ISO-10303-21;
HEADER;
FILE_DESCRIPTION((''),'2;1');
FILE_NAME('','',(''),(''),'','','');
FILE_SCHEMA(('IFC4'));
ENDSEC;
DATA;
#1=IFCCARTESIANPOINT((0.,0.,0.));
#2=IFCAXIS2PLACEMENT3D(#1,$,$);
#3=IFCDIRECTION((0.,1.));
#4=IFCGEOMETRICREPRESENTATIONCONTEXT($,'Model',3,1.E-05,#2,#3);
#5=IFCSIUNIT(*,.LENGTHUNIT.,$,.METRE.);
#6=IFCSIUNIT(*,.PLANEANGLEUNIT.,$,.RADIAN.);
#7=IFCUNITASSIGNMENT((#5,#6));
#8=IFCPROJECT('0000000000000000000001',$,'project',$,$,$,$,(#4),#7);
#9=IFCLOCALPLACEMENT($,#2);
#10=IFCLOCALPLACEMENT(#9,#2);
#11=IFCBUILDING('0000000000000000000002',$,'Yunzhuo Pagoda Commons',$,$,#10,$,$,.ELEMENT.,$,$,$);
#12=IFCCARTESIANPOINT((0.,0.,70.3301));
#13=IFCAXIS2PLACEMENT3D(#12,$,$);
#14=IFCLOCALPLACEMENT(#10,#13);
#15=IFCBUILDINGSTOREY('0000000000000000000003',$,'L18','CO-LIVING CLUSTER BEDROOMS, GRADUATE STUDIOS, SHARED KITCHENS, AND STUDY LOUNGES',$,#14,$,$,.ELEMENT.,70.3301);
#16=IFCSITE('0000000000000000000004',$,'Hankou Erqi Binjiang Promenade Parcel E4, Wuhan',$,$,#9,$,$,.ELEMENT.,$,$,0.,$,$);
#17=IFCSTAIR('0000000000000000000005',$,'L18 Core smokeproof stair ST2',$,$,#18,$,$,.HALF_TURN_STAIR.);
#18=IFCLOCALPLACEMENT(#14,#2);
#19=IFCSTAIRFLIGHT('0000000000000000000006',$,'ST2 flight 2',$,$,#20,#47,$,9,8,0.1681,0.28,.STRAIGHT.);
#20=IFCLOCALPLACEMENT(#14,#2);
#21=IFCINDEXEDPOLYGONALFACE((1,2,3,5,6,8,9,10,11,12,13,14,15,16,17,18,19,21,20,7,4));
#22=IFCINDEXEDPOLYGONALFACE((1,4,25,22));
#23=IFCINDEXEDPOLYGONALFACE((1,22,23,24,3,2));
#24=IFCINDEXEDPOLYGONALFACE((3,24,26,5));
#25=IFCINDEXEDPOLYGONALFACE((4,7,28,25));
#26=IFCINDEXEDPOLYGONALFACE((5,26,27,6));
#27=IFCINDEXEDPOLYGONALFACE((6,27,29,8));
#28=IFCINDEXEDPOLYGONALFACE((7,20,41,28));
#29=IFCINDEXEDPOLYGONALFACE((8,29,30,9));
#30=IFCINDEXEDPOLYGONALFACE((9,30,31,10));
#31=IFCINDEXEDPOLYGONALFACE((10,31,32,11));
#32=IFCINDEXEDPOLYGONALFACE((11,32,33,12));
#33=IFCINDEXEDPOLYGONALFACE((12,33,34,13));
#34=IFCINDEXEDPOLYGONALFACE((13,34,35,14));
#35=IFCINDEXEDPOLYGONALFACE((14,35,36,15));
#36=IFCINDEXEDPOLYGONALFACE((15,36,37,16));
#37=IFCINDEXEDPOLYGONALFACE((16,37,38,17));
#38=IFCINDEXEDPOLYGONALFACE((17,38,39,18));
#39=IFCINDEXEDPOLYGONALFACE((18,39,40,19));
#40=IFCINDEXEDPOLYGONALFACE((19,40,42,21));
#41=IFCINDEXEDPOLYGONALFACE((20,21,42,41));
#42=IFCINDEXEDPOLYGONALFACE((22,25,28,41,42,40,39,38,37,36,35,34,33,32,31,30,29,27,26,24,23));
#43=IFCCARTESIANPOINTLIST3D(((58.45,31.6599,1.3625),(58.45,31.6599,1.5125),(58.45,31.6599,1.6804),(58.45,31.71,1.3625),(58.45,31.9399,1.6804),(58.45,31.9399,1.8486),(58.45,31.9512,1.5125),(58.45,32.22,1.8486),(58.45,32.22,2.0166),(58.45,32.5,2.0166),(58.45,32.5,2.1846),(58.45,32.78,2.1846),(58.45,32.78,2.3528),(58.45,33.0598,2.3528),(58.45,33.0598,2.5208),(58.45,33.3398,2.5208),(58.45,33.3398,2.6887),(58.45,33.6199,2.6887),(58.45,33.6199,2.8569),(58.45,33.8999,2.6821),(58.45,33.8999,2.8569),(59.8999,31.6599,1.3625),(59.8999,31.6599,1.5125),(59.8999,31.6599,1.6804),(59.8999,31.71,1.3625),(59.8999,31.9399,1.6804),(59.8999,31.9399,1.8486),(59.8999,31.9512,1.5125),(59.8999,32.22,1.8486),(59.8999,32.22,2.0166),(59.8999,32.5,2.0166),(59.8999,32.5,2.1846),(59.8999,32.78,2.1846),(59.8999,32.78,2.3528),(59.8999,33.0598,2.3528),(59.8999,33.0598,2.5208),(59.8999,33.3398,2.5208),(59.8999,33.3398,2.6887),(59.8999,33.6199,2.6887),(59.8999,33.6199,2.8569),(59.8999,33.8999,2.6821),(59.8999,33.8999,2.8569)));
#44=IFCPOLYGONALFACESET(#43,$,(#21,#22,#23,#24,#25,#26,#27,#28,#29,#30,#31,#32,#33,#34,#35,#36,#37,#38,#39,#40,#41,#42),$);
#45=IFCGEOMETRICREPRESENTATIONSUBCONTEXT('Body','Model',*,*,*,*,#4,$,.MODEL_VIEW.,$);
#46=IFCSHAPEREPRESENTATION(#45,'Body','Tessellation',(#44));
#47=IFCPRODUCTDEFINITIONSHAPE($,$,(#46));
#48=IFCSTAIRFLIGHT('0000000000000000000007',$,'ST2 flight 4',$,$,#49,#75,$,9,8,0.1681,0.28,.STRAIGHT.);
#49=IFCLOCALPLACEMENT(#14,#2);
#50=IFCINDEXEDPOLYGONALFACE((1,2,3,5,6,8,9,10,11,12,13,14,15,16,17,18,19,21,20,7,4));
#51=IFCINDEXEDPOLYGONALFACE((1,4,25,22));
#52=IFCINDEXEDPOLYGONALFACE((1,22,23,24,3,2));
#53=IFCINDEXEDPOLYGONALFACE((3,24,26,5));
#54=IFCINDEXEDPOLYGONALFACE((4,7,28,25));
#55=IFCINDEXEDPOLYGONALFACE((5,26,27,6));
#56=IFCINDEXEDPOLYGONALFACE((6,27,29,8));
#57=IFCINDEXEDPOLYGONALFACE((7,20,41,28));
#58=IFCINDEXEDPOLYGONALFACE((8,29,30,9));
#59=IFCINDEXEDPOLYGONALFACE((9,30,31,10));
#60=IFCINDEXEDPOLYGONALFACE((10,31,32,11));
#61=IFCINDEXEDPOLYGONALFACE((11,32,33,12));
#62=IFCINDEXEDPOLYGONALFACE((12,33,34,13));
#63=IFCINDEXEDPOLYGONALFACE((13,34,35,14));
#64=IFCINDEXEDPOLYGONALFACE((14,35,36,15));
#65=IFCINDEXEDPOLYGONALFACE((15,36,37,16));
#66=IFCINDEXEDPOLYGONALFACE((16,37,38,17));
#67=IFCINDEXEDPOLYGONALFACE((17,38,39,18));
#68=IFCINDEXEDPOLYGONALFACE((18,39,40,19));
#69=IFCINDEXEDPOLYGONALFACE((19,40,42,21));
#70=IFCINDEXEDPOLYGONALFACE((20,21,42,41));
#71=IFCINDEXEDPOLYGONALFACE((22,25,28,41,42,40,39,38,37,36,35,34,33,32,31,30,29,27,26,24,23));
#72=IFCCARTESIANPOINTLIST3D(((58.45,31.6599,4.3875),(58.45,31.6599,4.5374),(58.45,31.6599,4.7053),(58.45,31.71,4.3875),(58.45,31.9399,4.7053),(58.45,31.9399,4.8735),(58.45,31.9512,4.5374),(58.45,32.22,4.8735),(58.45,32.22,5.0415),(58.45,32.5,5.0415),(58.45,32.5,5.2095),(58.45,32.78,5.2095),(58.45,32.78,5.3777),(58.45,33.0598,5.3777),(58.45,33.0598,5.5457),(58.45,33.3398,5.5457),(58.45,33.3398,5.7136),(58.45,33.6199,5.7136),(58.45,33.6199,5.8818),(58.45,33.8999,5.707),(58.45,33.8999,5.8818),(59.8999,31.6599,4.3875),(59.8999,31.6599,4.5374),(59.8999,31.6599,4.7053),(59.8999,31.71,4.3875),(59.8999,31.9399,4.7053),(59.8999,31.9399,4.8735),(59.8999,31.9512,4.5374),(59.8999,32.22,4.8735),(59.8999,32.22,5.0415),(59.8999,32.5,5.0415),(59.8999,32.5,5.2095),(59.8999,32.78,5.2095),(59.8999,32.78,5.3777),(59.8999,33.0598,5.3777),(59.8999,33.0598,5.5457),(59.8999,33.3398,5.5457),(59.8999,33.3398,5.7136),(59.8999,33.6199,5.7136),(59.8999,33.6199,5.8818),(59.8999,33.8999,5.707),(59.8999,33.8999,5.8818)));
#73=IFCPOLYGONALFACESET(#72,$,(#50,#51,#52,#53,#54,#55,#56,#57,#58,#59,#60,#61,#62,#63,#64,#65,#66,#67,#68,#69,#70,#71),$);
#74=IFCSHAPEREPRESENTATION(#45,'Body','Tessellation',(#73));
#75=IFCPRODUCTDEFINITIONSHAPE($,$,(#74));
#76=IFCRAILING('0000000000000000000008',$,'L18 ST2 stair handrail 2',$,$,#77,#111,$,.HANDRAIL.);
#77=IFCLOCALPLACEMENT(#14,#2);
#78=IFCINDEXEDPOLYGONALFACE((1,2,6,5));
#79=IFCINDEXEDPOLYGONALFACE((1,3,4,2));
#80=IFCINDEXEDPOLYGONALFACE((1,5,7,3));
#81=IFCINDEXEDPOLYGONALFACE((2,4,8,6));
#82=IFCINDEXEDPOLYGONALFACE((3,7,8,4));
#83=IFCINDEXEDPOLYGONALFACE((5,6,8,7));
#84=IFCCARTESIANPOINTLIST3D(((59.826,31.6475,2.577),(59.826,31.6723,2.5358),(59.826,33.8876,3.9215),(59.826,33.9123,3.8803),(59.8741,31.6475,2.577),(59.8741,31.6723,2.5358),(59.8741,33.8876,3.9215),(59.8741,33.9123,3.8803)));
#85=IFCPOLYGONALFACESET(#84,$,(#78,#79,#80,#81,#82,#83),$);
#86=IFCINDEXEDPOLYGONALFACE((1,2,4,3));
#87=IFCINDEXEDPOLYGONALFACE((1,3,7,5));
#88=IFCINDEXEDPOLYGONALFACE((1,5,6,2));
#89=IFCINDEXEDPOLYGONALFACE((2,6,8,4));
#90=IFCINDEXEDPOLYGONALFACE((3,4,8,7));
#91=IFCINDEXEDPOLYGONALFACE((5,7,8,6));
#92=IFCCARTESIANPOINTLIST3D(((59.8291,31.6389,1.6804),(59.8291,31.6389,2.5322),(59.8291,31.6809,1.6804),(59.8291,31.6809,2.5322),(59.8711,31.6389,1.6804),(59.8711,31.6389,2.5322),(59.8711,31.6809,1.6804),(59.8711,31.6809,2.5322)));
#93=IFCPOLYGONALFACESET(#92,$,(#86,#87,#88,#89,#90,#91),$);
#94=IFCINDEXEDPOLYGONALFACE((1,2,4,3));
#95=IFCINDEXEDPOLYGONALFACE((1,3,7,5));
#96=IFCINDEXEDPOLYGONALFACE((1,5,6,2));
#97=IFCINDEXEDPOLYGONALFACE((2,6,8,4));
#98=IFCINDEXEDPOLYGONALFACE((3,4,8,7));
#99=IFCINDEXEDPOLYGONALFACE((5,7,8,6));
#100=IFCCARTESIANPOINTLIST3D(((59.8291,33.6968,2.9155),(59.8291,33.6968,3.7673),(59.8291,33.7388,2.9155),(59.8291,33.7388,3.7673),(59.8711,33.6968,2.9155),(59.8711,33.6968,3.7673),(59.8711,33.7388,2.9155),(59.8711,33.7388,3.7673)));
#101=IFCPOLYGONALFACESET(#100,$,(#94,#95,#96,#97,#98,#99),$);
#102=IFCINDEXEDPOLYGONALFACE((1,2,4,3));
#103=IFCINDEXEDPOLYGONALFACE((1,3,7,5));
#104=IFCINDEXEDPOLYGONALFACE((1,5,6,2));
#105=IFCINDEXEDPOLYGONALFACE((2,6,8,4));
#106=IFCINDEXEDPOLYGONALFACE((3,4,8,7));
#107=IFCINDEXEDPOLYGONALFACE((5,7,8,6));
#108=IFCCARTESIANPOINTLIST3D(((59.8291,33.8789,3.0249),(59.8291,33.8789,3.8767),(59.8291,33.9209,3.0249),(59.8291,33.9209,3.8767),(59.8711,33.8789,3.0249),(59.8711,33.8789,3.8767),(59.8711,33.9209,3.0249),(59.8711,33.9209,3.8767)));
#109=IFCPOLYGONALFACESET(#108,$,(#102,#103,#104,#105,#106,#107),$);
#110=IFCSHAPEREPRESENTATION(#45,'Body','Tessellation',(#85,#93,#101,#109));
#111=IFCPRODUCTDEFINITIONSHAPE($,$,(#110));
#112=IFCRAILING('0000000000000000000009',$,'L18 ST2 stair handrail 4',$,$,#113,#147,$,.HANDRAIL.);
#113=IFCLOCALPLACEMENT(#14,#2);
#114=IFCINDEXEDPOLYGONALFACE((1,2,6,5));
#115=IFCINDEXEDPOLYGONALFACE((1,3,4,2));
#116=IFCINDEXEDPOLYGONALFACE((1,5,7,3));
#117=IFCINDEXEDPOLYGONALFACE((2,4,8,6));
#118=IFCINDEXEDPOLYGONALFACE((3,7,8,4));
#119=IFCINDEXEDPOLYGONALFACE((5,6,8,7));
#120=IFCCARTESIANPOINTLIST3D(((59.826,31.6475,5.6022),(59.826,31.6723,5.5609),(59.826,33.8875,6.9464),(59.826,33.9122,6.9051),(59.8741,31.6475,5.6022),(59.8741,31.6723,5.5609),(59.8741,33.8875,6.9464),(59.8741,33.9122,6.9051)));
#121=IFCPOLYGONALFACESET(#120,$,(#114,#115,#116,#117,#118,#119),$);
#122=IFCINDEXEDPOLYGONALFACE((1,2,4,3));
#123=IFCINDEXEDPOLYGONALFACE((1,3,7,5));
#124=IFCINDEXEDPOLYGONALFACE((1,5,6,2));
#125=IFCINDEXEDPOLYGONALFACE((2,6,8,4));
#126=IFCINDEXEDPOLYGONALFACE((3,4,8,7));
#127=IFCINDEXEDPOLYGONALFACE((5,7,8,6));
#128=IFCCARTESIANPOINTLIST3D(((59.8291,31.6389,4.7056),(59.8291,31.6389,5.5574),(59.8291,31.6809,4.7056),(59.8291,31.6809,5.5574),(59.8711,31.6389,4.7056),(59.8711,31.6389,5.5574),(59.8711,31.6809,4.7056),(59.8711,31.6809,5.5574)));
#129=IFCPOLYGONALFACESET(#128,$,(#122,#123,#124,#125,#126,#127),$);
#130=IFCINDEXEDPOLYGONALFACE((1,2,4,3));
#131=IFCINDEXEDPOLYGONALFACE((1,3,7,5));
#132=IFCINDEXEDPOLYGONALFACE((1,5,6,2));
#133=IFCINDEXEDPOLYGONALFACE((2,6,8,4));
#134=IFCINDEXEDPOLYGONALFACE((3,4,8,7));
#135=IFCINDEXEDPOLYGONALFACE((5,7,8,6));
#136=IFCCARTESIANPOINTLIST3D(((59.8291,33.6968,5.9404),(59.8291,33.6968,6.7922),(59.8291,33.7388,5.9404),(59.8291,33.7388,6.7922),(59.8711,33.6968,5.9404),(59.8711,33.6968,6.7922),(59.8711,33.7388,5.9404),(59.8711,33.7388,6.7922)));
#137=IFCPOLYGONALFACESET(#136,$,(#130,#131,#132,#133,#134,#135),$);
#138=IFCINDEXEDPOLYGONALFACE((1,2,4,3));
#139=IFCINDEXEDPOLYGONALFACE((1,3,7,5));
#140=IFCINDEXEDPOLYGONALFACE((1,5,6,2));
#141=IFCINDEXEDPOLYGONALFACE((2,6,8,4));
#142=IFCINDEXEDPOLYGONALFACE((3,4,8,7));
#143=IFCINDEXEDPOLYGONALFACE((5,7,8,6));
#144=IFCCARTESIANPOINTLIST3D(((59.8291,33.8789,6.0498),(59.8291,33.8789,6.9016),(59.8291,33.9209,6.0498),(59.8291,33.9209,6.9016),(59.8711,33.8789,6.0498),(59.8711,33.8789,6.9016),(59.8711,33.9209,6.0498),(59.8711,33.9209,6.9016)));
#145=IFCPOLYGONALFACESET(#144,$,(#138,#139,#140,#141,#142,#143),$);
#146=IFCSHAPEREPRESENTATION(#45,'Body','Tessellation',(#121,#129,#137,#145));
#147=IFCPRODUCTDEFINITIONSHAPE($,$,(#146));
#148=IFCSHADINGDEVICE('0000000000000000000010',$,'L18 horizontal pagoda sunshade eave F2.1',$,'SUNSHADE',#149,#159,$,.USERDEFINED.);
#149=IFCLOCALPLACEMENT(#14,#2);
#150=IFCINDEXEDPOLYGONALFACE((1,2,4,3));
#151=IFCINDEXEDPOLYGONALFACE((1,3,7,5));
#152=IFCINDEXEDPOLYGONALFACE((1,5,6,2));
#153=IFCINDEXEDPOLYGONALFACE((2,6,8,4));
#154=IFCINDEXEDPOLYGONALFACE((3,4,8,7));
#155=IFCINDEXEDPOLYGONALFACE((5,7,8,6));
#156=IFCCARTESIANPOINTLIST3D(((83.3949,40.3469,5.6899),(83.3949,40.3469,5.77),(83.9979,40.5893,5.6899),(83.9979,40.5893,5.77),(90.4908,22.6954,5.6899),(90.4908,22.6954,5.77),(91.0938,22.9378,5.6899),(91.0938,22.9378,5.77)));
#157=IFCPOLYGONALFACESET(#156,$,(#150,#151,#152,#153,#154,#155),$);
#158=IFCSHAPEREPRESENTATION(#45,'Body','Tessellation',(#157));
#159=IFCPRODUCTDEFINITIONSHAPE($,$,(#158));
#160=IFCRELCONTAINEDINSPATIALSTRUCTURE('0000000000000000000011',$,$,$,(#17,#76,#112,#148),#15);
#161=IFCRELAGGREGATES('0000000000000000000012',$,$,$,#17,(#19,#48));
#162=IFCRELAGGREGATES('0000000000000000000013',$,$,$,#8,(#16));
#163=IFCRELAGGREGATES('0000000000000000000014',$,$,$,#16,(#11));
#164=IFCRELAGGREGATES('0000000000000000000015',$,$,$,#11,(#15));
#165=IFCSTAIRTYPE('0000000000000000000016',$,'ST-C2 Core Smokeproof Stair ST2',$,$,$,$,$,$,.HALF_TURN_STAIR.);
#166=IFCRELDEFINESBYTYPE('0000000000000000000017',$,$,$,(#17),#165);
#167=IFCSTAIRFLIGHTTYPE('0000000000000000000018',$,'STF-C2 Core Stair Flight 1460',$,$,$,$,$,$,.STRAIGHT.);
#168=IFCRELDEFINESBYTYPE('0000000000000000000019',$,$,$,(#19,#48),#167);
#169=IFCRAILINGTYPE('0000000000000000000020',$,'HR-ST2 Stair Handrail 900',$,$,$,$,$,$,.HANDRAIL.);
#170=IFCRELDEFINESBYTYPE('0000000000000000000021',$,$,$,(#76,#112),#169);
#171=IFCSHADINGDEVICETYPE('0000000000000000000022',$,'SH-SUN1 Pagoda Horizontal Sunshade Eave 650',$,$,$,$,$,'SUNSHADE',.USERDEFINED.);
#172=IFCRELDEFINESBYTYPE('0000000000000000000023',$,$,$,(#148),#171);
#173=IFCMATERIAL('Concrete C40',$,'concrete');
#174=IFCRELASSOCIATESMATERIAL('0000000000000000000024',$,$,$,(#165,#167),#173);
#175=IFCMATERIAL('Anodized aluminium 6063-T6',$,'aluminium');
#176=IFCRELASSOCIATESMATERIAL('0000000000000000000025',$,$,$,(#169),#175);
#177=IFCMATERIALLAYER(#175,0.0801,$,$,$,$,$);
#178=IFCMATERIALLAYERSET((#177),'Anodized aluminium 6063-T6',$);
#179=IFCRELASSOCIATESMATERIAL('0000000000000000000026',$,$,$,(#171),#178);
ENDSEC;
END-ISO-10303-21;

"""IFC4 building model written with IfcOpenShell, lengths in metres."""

from ifc_helpers import new_model, si_unit, direction, frame, origin, origin_2d, place, context, subcontext, project, spatial, polyline, rectangle, outline, extrude, source, transform, mapped, material, layer, layer_set, type_object, element, aggregate, save


model = new_model("IFC4")

# Units and contexts
model_context = context("Model", 3, precision=1e-05, world=origin(), true_north=direction((0.0, 1.0)))
body_context = subcontext(model_context, "Body", "Model", "MODEL_VIEW")
ifc_project = project(units=[si_unit("LENGTHUNIT", "METRE"), si_unit("PLANEANGLEUNIT", "RADIAN")], contexts=[model_context])

# Site, building, storey
site_placement = place(None, origin())
site = spatial("IfcSite", under=ifc_project, at=site_placement, Name="Hankou Erqi Binjiang Promenade Parcel E4, Wuhan", CompositionType="ELEMENT", RefElevation=0.0)
building_placement = place(site_placement, origin())
building = spatial("IfcBuilding", under=site, at=building_placement, Name="Yunzhuo Pagoda Commons", CompositionType="ELEMENT")
storey_placement = place(building_placement, frame((0.0, 0.0, 70.3301)))
storey = spatial("IfcBuildingStorey", under=building, at=storey_placement, Name="L18", Description="CO-LIVING CLUSTER BEDROOMS, GRADUATE STUDIOS, SHARED KITCHENS, AND STUDY LOUNGES", CompositionType="ELEMENT", Elevation=70.3301)

# Shared definitions
ifc_material_1 = material(Name="Anodized aluminium 6063-T6", Category="aluminium")

# Stair, stair flights
ifc_material_2 = material(Name="Concrete C40", Category="concrete")
stair_type = type_object("IfcStairType", Name="ST-C2 Core Smokeproof Stair ST2", PredefinedType="HALF_TURN_STAIR", material=ifc_material_2)
stair_placement = place(storey_placement, origin())
stair = element("IfcStair", 1, at=stair_placement, inside=storey, type_object=stair_type, Name="L18 Core smokeproof stair ST2", PredefinedType="HALF_TURN_STAIR")
stair_flight_type = type_object("IfcStairFlightType", Name="STF-C2 Core Stair Flight 1460", PredefinedType="STRAIGHT", material=ifc_material_2)
shared_shape_1 = source(origin(), body_context, "Body", "SweptSolid", [
    extrude(outline(polyline([(0.0, -0.1499), (0.0, 0.0), (0.0, 0.168), (0.28, 0.168), (0.28, 0.3362), (0.5601, 0.3362), (0.5601, 0.5042), (0.8401, 0.5042), (0.8401, 0.6721), (1.1201, 0.6721), (1.1201, 0.8403), (1.3999, 0.8403), (1.3999, 1.0083), (1.6799, 1.0083), (1.6799, 1.1763), (1.96, 1.1763), (1.96, 1.3445), (2.24, 1.3445), (2.24, 1.5125), (2.24, 1.1697), (0.2913, 0.0), (0.05, -0.1499), (0.0, -0.1499)])), frame((0.0, 0.7251, 0.0), z_axis=(0.0, -1.0, 0.0), x_axis=(1.0, 0.0, 0.0)), (0.0, 0.0, 1.0), 1.45),
])
stair_flight_1_placement = place(storey_placement, frame((59.175, 31.6599, 1.5125), z_axis=(0.0, 0.0, 1.0), x_axis=(0.0, 1.0, 0.0)))
stair_flight_1 = element("IfcStairFlight", 2, at=stair_flight_1_placement, type_object=stair_flight_type, Name="ST2 flight 2", NumberOfRisers=9, NumberOfTreads=8, PredefinedType="STRAIGHT", RiserHeight=0.1681, TreadLength=0.28, context=body_context, shape_type="MappedRepresentation", body=[
    mapped(shared_shape_1, transform((0.0, 0.0, 0.0), scale=1.0)),
])
stair_flight_2_placement = place(storey_placement, frame((59.175, 31.6599, 4.5374), z_axis=(0.0, 0.0, 1.0), x_axis=(0.0, 1.0, 0.0)))
stair_flight_2 = element("IfcStairFlight", 3, at=stair_flight_2_placement, type_object=stair_flight_type, Name="ST2 flight 4", NumberOfRisers=9, NumberOfTreads=8, PredefinedType="STRAIGHT", RiserHeight=0.1681, TreadLength=0.28, context=body_context, shape_type="MappedRepresentation", body=[
    mapped(shared_shape_1, transform((0.0, 0.0, 0.0), scale=1.0)),
])
aggregate(stair, [stair_flight_1, stair_flight_2])

# Railings
railing_type = type_object("IfcRailingType", Name="HR-ST2 Stair Handrail 900", PredefinedType="HANDRAIL", material=ifc_material_1)
railing_1_placement = place(storey_placement, frame((59.8501, 31.6599, 1.6804)))
element("IfcRailing", 4, at=railing_1_placement, inside=storey, type_object=railing_type, Name="L18 ST2 stair handrail 2", PredefinedType="HANDRAIL", context=body_context, shape_type="SweptSolid", body=[
    extrude(rectangle(XDim=0.0481, YDim=0.0481, at=origin_2d()), frame((0.0, 0.0, 0.876), z_axis=(0.0, 0.85741, 0.514633), x_axis=(-1.0, 0.0, 0.0)), (0.0, 0.0, 1.0), 2.6125),
    extrude(rectangle(XDim=0.042, YDim=0.042, at=origin_2d()), origin(), (0.0, 0.0, 1.0), 0.8518),
    extrude(rectangle(XDim=0.042, YDim=0.042, at=origin_2d()), frame((0.0, 2.0579, 1.2351)), (0.0, 0.0, 1.0), 0.8518),
    extrude(rectangle(XDim=0.042, YDim=0.042, at=origin_2d()), frame((0.0, 2.24, 1.3445)), (0.0, 0.0, 1.0), 0.8518),
])
railing_2_placement = place(storey_placement, frame((59.8501, 31.6599, 4.7056)))
element("IfcRailing", 5, at=railing_2_placement, inside=storey, type_object=railing_type, Name="L18 ST2 stair handrail 4", PredefinedType="HANDRAIL", context=body_context, shape_type="SweptSolid", body=[
    extrude(rectangle(XDim=0.0481, YDim=0.0481, at=origin_2d()), frame((0.0, 0.0, 0.876), z_axis=(0.0, 0.857452, 0.514564), x_axis=(-1.0, 0.0, 0.0)), (0.0, 0.0, 1.0), 2.6123),
    extrude(rectangle(XDim=0.042, YDim=0.042, at=origin_2d()), origin(), (0.0, 0.0, 1.0), 0.8518),
    extrude(rectangle(XDim=0.042, YDim=0.042, at=origin_2d()), frame((0.0, 2.0579, 1.2349)), (0.0, 0.0, 1.0), 0.8518),
    extrude(rectangle(XDim=0.042, YDim=0.042, at=origin_2d()), frame((0.0, 2.24, 1.3442)), (0.0, 0.0, 1.0), 0.8518),
])

# Shading device
ifc_layer_1 = layer(ifc_material_1, 0.0801)
ifc_layer_set_1 = layer_set([ifc_layer_1], Name="Anodized aluminium 6063-T6")
shading_device_type = type_object("IfcShadingDeviceType", Name="SH-SUN1 Pagoda Horizontal Sunshade Eave 650", ElementType="SUNSHADE", PredefinedType="USERDEFINED", material=ifc_layer_set_1)
shared_shape_2 = source(origin(), body_context, "Body", "SweptSolid", [
    extrude(rectangle(XDim=19.0244, YDim=0.6499, at=origin_2d()), origin(), (0.0, 0.0, 1.0), 0.0801),
])
shading_device_placement = place(storey_placement, frame((87.2444, 31.6423, 5.6899), z_axis=(0.0, 0.0, 1.0), x_axis=(-0.372988, 0.927836, 0.0)))
element("IfcShadingDevice", 6, at=shading_device_placement, inside=storey, type_object=shading_device_type, Name="L18 horizontal pagoda sunshade eave F2.1", ObjectType="SUNSHADE", PredefinedType="USERDEFINED", context=body_context, shape_type="MappedRepresentation", body=[
    mapped(shared_shape_2, transform((0.0, 0.0, 0.0), scale=1.0)),
])

save(model, "model.ifc")
